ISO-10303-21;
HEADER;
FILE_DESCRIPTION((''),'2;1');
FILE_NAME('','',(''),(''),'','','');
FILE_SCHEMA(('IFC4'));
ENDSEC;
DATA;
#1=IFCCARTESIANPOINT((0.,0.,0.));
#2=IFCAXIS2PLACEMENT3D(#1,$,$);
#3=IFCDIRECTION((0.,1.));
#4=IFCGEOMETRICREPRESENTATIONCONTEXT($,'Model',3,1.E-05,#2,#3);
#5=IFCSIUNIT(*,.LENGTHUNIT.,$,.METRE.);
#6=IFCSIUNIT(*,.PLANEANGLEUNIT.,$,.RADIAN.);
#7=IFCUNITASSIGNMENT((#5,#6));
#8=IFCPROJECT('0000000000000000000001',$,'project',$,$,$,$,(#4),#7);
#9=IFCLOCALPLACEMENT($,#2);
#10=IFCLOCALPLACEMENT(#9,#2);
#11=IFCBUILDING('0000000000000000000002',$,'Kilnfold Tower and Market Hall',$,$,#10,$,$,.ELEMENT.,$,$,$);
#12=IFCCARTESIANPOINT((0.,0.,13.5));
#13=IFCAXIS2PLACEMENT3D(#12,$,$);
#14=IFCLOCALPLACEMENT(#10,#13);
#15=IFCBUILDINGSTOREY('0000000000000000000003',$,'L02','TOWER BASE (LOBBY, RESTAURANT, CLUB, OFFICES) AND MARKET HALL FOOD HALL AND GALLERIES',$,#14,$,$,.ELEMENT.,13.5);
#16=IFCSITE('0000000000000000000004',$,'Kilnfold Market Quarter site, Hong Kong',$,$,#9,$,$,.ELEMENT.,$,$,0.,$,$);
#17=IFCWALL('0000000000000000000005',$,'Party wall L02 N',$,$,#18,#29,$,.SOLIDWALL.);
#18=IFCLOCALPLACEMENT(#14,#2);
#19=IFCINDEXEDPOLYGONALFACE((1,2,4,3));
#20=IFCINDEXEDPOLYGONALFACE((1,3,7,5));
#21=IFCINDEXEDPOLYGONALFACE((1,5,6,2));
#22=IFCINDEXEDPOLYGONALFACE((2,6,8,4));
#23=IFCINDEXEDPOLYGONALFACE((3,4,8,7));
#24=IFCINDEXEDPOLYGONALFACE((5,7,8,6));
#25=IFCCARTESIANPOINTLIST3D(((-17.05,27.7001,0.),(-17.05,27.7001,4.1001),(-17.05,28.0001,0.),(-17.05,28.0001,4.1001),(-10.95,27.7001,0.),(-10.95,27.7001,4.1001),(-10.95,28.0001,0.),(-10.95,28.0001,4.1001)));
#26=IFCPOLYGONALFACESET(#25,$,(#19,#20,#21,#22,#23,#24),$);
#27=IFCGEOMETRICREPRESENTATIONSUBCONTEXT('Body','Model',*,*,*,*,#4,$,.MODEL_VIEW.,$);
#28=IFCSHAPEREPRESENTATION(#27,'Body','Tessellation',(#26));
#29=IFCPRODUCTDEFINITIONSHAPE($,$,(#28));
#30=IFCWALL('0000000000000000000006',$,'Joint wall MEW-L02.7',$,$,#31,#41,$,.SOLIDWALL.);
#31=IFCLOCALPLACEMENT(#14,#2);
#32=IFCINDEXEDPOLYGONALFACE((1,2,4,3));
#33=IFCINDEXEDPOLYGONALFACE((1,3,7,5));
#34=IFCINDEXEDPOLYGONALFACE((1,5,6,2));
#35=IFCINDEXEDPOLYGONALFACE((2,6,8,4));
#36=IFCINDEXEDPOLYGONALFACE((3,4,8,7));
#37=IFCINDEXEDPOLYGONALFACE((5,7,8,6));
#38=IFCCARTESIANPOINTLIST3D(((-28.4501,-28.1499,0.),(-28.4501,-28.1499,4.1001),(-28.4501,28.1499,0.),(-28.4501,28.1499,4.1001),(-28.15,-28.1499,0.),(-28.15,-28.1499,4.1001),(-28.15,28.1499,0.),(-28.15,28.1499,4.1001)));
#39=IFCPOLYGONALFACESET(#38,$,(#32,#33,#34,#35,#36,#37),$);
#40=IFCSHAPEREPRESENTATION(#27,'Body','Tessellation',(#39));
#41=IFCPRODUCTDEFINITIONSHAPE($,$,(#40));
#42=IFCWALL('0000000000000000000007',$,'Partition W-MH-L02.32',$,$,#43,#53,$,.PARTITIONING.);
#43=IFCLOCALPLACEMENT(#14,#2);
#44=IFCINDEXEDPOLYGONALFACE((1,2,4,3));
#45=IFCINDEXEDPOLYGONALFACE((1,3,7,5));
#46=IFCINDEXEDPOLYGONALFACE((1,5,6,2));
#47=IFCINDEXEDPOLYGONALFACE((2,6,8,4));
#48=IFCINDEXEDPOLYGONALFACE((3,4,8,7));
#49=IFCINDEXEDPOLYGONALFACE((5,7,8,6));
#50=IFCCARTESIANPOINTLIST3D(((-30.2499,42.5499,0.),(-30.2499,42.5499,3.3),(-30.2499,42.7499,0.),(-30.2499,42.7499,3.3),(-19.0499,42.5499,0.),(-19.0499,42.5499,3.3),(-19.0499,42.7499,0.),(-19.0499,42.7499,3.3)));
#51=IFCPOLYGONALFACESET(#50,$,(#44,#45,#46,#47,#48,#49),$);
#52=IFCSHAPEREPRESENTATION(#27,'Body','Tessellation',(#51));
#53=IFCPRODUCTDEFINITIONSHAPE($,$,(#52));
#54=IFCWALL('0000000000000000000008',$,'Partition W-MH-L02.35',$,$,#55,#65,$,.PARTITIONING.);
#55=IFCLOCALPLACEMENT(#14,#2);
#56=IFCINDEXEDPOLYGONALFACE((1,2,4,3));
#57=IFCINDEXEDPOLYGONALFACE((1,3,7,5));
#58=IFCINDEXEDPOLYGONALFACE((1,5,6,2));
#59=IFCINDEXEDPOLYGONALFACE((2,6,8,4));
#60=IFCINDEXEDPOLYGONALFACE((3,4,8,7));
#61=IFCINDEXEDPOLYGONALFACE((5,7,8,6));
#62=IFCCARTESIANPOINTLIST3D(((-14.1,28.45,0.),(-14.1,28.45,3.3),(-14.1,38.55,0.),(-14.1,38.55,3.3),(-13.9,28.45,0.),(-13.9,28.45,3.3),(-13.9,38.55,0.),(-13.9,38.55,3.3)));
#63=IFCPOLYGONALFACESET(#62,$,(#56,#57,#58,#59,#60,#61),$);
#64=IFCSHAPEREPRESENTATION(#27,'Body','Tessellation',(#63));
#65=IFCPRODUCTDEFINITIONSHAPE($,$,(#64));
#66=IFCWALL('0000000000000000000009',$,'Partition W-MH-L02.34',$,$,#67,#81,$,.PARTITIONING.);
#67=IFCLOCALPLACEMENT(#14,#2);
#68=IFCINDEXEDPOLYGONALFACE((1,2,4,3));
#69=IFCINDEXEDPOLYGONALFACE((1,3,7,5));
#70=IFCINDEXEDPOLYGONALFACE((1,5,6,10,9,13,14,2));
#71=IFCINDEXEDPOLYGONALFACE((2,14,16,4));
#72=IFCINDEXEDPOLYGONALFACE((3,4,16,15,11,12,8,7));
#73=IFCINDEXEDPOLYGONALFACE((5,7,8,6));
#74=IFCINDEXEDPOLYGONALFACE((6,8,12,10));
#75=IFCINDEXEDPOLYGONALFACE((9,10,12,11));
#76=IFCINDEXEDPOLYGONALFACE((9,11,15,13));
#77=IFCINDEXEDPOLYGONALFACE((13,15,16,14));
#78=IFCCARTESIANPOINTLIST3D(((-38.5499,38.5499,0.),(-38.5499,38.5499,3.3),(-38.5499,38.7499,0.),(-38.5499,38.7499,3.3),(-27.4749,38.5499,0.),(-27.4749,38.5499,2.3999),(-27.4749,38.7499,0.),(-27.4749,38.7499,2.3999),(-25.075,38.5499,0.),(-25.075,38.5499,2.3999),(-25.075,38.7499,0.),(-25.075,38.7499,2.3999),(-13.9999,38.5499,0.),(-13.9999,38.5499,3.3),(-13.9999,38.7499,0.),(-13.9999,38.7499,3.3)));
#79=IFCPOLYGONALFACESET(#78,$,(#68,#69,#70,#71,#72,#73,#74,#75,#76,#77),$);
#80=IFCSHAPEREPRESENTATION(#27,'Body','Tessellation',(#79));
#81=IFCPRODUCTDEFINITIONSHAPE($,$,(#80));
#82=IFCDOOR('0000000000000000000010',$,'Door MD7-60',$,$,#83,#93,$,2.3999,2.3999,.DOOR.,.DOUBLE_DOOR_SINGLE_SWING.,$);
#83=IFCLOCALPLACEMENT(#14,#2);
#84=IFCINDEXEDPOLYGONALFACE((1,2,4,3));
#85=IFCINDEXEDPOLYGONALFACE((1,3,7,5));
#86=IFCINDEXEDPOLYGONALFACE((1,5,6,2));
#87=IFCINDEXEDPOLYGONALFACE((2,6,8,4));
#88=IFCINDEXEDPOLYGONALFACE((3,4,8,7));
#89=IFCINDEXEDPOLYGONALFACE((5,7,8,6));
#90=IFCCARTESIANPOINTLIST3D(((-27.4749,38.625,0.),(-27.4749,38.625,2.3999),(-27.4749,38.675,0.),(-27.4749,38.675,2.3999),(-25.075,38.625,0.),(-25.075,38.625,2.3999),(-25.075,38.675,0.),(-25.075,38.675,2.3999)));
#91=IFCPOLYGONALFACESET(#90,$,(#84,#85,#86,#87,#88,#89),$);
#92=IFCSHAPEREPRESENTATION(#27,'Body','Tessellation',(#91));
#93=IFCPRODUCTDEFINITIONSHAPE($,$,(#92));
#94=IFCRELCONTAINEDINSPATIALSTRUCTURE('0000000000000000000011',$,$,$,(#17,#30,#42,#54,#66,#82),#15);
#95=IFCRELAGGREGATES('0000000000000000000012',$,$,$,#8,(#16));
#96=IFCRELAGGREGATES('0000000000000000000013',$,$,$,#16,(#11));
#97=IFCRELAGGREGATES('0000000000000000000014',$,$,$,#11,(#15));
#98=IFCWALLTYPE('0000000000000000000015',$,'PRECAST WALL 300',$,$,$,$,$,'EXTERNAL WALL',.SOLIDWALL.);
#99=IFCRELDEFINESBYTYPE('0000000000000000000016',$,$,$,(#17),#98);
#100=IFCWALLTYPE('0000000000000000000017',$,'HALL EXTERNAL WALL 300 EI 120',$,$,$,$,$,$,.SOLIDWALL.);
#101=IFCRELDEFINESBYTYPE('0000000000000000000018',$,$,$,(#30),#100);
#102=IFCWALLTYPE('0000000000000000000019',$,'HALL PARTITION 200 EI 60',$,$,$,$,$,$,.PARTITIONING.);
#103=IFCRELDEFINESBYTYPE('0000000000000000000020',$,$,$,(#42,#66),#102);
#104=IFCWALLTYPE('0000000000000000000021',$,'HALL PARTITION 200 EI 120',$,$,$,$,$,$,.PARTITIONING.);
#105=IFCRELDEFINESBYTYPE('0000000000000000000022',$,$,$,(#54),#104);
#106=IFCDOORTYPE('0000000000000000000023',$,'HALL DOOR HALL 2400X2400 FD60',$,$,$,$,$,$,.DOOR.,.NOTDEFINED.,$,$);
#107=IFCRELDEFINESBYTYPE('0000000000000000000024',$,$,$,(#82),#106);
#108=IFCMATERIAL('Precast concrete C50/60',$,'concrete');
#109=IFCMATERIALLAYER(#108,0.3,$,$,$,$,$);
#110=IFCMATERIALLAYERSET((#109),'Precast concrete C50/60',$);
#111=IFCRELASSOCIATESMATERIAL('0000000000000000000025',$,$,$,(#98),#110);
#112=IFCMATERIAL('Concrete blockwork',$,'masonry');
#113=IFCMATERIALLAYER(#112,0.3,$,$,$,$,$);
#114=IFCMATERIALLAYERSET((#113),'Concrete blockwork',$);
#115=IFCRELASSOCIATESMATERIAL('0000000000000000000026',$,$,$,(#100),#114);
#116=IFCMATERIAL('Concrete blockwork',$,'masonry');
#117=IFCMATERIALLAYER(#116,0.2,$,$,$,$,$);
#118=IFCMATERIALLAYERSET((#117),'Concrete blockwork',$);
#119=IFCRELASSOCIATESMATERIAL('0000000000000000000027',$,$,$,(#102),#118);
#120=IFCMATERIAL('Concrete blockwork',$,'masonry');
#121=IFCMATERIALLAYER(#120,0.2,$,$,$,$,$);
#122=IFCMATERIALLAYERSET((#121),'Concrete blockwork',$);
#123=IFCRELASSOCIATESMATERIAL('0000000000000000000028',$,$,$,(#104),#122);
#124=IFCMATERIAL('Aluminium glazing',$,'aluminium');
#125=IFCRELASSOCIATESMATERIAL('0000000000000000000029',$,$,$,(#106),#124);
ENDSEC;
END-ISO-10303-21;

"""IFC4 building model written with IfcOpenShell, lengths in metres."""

from ifc_helpers import new_model, si_unit, direction, frame, frame_2d, origin, place, context, subcontext, project, spatial, rectangle, extrude, source, transform, mapped, material, layer, layer_set, type_object, element, fill, save


model = new_model("IFC4")

# Units and contexts
model_context = context("Model", 3, precision=1e-05, world=origin(), true_north=direction((0.0, 1.0)))
body_context = subcontext(model_context, "Body", "Model", "MODEL_VIEW")
ifc_project = project(units=[si_unit("LENGTHUNIT", "METRE"), si_unit("PLANEANGLEUNIT", "RADIAN")], contexts=[model_context])

# Site, building, storey
site_placement = place(None, origin())
site = spatial("IfcSite", under=ifc_project, at=site_placement, Name="Kilnfold Market Quarter site, Hong Kong", CompositionType="ELEMENT", RefElevation=0.0)
building_placement = place(site_placement, origin())
building = spatial("IfcBuilding", under=site, at=building_placement, Name="Kilnfold Tower and Market Hall", CompositionType="ELEMENT")
storey_placement = place(building_placement, frame((0.0, 0.0, 13.5)))
storey = spatial("IfcBuildingStorey", under=building, at=storey_placement, Name="L02", Description="TOWER BASE (LOBBY, RESTAURANT, CLUB, OFFICES) AND MARKET HALL FOOD HALL AND GALLERIES", CompositionType="ELEMENT", Elevation=13.5)

# Walls
ifc_material_1 = material(Name="Precast concrete C50/60", Category="concrete")
ifc_layer_1 = layer(ifc_material_1, 0.3)
ifc_layer_set_1 = layer_set([ifc_layer_1], Name="Precast concrete C50/60")
wall_type_1 = type_object("IfcWallType", Name="PRECAST WALL 300", ElementType="EXTERNAL WALL", PredefinedType="SOLIDWALL", material=ifc_layer_set_1)
shared_shape_1 = source(origin(), body_context, "Body", "SweptSolid", [
    extrude(rectangle(XDim=6.1001, YDim=0.3, at=frame_2d((3.05, 0.0))), origin(), (0.0, 0.0, 1.0), 4.1001),
])
wall_1_placement = place(storey_placement, frame((-10.95, 27.8501, 0.0), z_axis=(0.0, 0.0, 1.0), x_axis=(-1.0, 0.0, 0.0)))
element("IfcWall", 1, at=wall_1_placement, inside=storey, type_object=wall_type_1, Name="Party wall L02 N", PredefinedType="SOLIDWALL", context=body_context, shape_type="MappedRepresentation", body=[
    mapped(shared_shape_1, transform((0.0, 0.0, 0.0))),
])
ifc_material_2 = material(Name="Concrete blockwork", Category="masonry")
ifc_layer_2 = layer(ifc_material_2, 0.3)
ifc_layer_set_2 = layer_set([ifc_layer_2], Name="Concrete blockwork")
wall_type_2 = type_object("IfcWallType", Name="HALL EXTERNAL WALL 300 EI 120", PredefinedType="SOLIDWALL", material=ifc_layer_set_2)
shared_shape_2 = source(origin(), body_context, "Body", "SweptSolid", [
    extrude(rectangle(XDim=56.2998, YDim=0.3, at=frame_2d((28.1499, 0.0))), origin(), (0.0, 0.0, 1.0), 4.1001),
])
wall_2_placement = place(storey_placement, frame((-28.3, 28.1499, 0.0), z_axis=(0.0, 0.0, 1.0), x_axis=(0.0, -1.0, 0.0)))
element("IfcWall", 2, at=wall_2_placement, inside=storey, type_object=wall_type_2, Name="Joint wall MEW-L02.7", PredefinedType="SOLIDWALL", context=body_context, shape_type="MappedRepresentation", body=[
    mapped(shared_shape_2, transform((0.0, 0.0, 0.0))),
])
ifc_material_3 = material(Name="Concrete blockwork", Category="masonry")
ifc_layer_3 = layer(ifc_material_3, 0.2)
ifc_layer_set_3 = layer_set([ifc_layer_3], Name="Concrete blockwork")
wall_type_3 = type_object("IfcWallType", Name="HALL PARTITION 200 EI 60", PredefinedType="PARTITIONING", material=ifc_layer_set_3)
shared_shape_3 = source(origin(), body_context, "Body", "SweptSolid", [
    extrude(rectangle(XDim=11.2, YDim=0.2, at=frame_2d((5.6001, 0.0))), origin(), (0.0, 0.0, 1.0), 3.3),
])
wall_3_placement = place(storey_placement, frame((-30.25, 42.6499, 0.0), z_axis=(0.0, 0.0, 1.0), x_axis=(1.0, 0.0, 0.0)))
element("IfcWall", 3, at=wall_3_placement, inside=storey, type_object=wall_type_3, Name="Partition W-MH-L02.32", PredefinedType="PARTITIONING", context=body_context, shape_type="MappedRepresentation", body=[
    mapped(shared_shape_3, transform((0.0, 0.0, 0.0))),
])
ifc_material_4 = material(Name="Concrete blockwork", Category="masonry")
ifc_layer_4 = layer(ifc_material_4, 0.2)
ifc_layer_set_4 = layer_set([ifc_layer_4], Name="Concrete blockwork")
wall_type_4 = type_object("IfcWallType", Name="HALL PARTITION 200 EI 120", PredefinedType="PARTITIONING", material=ifc_layer_set_4)
shared_shape_4 = source(origin(), body_context, "Body", "SweptSolid", [
    extrude(rectangle(XDim=10.1001, YDim=0.2, at=frame_2d((5.05, 0.0))), origin(), (0.0, 0.0, 1.0), 3.3),
])
wall_4_placement = place(storey_placement, frame((-14.0, 38.55, 0.0), z_axis=(0.0, 0.0, 1.0), x_axis=(0.0, -1.0, 0.0)))
element("IfcWall", 4, at=wall_4_placement, inside=storey, type_object=wall_type_4, Name="Partition W-MH-L02.35", PredefinedType="PARTITIONING", context=body_context, shape_type="MappedRepresentation", body=[
    mapped(shared_shape_4, transform((0.0, 0.0, 0.0))),
])

# Wall, opening, door
shared_shape_5 = source(origin(), body_context, "Body", "SweptSolid", [
    extrude(rectangle(XDim=24.55, YDim=0.2, at=frame_2d((12.2749, 0.0))), origin(), (0.0, 0.0, 1.0), 3.3),
])
wall_5_placement = place(storey_placement, frame((-14.0, 38.6499, 0.0), z_axis=(0.0, 0.0, 1.0), x_axis=(-1.0, 0.0, 0.0)))
wall_5 = element("IfcWall", 5, at=wall_5_placement, inside=storey, type_object=wall_type_3, Name="Partition W-MH-L02.34", PredefinedType="PARTITIONING", context=body_context, shape_type="MappedRepresentation", body=[
    mapped(shared_shape_5, transform((0.0, 0.0, 0.0))),
])
opening_placement = place(wall_5_placement, frame((11.075, 0.0, 0.0)))
opening = element("IfcOpeningElement", 6, at=opening_placement, cuts=wall_5, PredefinedType="OPENING", context=body_context, shape_type="SweptSolid", body=[
    extrude(rectangle(XDim=2.3999, YDim=2.3999, at=frame_2d((1.2, 1.2))), frame((0.0, 0.1099, 0.0), z_axis=(0.0, -1.0, 0.0), x_axis=(1.0, 0.0, 0.0)), (0.0, 0.0, 1.0), 0.22),
])
ifc_material_5 = material(Name="Aluminium glazing", Category="aluminium")
door_type = type_object("IfcDoorType", Name="HALL DOOR HALL 2400X2400 FD60", OperationType="NOTDEFINED", PredefinedType="DOOR", material=ifc_material_5)
door_placement = place(opening_placement, origin())
door = element("IfcDoor", 7, at=door_placement, inside=storey, type_object=door_type, Name="Door MD7-60", OperationType="DOUBLE_DOOR_SINGLE_SWING", OverallHeight=2.3999, OverallWidth=2.3999, PredefinedType="DOOR", context=body_context, shape_type="SweptSolid", body=[
    extrude(rectangle(XDim=2.3999, YDim=2.3999, at=frame_2d((1.2, 1.2))), frame((0.0, 0.0249, 0.0), z_axis=(0.0, -1.0, 0.0), x_axis=(1.0, 0.0, 0.0)), (0.0, 0.0, 1.0), 0.05),
])
fill(opening, door)

save(model, "model.ifc")
